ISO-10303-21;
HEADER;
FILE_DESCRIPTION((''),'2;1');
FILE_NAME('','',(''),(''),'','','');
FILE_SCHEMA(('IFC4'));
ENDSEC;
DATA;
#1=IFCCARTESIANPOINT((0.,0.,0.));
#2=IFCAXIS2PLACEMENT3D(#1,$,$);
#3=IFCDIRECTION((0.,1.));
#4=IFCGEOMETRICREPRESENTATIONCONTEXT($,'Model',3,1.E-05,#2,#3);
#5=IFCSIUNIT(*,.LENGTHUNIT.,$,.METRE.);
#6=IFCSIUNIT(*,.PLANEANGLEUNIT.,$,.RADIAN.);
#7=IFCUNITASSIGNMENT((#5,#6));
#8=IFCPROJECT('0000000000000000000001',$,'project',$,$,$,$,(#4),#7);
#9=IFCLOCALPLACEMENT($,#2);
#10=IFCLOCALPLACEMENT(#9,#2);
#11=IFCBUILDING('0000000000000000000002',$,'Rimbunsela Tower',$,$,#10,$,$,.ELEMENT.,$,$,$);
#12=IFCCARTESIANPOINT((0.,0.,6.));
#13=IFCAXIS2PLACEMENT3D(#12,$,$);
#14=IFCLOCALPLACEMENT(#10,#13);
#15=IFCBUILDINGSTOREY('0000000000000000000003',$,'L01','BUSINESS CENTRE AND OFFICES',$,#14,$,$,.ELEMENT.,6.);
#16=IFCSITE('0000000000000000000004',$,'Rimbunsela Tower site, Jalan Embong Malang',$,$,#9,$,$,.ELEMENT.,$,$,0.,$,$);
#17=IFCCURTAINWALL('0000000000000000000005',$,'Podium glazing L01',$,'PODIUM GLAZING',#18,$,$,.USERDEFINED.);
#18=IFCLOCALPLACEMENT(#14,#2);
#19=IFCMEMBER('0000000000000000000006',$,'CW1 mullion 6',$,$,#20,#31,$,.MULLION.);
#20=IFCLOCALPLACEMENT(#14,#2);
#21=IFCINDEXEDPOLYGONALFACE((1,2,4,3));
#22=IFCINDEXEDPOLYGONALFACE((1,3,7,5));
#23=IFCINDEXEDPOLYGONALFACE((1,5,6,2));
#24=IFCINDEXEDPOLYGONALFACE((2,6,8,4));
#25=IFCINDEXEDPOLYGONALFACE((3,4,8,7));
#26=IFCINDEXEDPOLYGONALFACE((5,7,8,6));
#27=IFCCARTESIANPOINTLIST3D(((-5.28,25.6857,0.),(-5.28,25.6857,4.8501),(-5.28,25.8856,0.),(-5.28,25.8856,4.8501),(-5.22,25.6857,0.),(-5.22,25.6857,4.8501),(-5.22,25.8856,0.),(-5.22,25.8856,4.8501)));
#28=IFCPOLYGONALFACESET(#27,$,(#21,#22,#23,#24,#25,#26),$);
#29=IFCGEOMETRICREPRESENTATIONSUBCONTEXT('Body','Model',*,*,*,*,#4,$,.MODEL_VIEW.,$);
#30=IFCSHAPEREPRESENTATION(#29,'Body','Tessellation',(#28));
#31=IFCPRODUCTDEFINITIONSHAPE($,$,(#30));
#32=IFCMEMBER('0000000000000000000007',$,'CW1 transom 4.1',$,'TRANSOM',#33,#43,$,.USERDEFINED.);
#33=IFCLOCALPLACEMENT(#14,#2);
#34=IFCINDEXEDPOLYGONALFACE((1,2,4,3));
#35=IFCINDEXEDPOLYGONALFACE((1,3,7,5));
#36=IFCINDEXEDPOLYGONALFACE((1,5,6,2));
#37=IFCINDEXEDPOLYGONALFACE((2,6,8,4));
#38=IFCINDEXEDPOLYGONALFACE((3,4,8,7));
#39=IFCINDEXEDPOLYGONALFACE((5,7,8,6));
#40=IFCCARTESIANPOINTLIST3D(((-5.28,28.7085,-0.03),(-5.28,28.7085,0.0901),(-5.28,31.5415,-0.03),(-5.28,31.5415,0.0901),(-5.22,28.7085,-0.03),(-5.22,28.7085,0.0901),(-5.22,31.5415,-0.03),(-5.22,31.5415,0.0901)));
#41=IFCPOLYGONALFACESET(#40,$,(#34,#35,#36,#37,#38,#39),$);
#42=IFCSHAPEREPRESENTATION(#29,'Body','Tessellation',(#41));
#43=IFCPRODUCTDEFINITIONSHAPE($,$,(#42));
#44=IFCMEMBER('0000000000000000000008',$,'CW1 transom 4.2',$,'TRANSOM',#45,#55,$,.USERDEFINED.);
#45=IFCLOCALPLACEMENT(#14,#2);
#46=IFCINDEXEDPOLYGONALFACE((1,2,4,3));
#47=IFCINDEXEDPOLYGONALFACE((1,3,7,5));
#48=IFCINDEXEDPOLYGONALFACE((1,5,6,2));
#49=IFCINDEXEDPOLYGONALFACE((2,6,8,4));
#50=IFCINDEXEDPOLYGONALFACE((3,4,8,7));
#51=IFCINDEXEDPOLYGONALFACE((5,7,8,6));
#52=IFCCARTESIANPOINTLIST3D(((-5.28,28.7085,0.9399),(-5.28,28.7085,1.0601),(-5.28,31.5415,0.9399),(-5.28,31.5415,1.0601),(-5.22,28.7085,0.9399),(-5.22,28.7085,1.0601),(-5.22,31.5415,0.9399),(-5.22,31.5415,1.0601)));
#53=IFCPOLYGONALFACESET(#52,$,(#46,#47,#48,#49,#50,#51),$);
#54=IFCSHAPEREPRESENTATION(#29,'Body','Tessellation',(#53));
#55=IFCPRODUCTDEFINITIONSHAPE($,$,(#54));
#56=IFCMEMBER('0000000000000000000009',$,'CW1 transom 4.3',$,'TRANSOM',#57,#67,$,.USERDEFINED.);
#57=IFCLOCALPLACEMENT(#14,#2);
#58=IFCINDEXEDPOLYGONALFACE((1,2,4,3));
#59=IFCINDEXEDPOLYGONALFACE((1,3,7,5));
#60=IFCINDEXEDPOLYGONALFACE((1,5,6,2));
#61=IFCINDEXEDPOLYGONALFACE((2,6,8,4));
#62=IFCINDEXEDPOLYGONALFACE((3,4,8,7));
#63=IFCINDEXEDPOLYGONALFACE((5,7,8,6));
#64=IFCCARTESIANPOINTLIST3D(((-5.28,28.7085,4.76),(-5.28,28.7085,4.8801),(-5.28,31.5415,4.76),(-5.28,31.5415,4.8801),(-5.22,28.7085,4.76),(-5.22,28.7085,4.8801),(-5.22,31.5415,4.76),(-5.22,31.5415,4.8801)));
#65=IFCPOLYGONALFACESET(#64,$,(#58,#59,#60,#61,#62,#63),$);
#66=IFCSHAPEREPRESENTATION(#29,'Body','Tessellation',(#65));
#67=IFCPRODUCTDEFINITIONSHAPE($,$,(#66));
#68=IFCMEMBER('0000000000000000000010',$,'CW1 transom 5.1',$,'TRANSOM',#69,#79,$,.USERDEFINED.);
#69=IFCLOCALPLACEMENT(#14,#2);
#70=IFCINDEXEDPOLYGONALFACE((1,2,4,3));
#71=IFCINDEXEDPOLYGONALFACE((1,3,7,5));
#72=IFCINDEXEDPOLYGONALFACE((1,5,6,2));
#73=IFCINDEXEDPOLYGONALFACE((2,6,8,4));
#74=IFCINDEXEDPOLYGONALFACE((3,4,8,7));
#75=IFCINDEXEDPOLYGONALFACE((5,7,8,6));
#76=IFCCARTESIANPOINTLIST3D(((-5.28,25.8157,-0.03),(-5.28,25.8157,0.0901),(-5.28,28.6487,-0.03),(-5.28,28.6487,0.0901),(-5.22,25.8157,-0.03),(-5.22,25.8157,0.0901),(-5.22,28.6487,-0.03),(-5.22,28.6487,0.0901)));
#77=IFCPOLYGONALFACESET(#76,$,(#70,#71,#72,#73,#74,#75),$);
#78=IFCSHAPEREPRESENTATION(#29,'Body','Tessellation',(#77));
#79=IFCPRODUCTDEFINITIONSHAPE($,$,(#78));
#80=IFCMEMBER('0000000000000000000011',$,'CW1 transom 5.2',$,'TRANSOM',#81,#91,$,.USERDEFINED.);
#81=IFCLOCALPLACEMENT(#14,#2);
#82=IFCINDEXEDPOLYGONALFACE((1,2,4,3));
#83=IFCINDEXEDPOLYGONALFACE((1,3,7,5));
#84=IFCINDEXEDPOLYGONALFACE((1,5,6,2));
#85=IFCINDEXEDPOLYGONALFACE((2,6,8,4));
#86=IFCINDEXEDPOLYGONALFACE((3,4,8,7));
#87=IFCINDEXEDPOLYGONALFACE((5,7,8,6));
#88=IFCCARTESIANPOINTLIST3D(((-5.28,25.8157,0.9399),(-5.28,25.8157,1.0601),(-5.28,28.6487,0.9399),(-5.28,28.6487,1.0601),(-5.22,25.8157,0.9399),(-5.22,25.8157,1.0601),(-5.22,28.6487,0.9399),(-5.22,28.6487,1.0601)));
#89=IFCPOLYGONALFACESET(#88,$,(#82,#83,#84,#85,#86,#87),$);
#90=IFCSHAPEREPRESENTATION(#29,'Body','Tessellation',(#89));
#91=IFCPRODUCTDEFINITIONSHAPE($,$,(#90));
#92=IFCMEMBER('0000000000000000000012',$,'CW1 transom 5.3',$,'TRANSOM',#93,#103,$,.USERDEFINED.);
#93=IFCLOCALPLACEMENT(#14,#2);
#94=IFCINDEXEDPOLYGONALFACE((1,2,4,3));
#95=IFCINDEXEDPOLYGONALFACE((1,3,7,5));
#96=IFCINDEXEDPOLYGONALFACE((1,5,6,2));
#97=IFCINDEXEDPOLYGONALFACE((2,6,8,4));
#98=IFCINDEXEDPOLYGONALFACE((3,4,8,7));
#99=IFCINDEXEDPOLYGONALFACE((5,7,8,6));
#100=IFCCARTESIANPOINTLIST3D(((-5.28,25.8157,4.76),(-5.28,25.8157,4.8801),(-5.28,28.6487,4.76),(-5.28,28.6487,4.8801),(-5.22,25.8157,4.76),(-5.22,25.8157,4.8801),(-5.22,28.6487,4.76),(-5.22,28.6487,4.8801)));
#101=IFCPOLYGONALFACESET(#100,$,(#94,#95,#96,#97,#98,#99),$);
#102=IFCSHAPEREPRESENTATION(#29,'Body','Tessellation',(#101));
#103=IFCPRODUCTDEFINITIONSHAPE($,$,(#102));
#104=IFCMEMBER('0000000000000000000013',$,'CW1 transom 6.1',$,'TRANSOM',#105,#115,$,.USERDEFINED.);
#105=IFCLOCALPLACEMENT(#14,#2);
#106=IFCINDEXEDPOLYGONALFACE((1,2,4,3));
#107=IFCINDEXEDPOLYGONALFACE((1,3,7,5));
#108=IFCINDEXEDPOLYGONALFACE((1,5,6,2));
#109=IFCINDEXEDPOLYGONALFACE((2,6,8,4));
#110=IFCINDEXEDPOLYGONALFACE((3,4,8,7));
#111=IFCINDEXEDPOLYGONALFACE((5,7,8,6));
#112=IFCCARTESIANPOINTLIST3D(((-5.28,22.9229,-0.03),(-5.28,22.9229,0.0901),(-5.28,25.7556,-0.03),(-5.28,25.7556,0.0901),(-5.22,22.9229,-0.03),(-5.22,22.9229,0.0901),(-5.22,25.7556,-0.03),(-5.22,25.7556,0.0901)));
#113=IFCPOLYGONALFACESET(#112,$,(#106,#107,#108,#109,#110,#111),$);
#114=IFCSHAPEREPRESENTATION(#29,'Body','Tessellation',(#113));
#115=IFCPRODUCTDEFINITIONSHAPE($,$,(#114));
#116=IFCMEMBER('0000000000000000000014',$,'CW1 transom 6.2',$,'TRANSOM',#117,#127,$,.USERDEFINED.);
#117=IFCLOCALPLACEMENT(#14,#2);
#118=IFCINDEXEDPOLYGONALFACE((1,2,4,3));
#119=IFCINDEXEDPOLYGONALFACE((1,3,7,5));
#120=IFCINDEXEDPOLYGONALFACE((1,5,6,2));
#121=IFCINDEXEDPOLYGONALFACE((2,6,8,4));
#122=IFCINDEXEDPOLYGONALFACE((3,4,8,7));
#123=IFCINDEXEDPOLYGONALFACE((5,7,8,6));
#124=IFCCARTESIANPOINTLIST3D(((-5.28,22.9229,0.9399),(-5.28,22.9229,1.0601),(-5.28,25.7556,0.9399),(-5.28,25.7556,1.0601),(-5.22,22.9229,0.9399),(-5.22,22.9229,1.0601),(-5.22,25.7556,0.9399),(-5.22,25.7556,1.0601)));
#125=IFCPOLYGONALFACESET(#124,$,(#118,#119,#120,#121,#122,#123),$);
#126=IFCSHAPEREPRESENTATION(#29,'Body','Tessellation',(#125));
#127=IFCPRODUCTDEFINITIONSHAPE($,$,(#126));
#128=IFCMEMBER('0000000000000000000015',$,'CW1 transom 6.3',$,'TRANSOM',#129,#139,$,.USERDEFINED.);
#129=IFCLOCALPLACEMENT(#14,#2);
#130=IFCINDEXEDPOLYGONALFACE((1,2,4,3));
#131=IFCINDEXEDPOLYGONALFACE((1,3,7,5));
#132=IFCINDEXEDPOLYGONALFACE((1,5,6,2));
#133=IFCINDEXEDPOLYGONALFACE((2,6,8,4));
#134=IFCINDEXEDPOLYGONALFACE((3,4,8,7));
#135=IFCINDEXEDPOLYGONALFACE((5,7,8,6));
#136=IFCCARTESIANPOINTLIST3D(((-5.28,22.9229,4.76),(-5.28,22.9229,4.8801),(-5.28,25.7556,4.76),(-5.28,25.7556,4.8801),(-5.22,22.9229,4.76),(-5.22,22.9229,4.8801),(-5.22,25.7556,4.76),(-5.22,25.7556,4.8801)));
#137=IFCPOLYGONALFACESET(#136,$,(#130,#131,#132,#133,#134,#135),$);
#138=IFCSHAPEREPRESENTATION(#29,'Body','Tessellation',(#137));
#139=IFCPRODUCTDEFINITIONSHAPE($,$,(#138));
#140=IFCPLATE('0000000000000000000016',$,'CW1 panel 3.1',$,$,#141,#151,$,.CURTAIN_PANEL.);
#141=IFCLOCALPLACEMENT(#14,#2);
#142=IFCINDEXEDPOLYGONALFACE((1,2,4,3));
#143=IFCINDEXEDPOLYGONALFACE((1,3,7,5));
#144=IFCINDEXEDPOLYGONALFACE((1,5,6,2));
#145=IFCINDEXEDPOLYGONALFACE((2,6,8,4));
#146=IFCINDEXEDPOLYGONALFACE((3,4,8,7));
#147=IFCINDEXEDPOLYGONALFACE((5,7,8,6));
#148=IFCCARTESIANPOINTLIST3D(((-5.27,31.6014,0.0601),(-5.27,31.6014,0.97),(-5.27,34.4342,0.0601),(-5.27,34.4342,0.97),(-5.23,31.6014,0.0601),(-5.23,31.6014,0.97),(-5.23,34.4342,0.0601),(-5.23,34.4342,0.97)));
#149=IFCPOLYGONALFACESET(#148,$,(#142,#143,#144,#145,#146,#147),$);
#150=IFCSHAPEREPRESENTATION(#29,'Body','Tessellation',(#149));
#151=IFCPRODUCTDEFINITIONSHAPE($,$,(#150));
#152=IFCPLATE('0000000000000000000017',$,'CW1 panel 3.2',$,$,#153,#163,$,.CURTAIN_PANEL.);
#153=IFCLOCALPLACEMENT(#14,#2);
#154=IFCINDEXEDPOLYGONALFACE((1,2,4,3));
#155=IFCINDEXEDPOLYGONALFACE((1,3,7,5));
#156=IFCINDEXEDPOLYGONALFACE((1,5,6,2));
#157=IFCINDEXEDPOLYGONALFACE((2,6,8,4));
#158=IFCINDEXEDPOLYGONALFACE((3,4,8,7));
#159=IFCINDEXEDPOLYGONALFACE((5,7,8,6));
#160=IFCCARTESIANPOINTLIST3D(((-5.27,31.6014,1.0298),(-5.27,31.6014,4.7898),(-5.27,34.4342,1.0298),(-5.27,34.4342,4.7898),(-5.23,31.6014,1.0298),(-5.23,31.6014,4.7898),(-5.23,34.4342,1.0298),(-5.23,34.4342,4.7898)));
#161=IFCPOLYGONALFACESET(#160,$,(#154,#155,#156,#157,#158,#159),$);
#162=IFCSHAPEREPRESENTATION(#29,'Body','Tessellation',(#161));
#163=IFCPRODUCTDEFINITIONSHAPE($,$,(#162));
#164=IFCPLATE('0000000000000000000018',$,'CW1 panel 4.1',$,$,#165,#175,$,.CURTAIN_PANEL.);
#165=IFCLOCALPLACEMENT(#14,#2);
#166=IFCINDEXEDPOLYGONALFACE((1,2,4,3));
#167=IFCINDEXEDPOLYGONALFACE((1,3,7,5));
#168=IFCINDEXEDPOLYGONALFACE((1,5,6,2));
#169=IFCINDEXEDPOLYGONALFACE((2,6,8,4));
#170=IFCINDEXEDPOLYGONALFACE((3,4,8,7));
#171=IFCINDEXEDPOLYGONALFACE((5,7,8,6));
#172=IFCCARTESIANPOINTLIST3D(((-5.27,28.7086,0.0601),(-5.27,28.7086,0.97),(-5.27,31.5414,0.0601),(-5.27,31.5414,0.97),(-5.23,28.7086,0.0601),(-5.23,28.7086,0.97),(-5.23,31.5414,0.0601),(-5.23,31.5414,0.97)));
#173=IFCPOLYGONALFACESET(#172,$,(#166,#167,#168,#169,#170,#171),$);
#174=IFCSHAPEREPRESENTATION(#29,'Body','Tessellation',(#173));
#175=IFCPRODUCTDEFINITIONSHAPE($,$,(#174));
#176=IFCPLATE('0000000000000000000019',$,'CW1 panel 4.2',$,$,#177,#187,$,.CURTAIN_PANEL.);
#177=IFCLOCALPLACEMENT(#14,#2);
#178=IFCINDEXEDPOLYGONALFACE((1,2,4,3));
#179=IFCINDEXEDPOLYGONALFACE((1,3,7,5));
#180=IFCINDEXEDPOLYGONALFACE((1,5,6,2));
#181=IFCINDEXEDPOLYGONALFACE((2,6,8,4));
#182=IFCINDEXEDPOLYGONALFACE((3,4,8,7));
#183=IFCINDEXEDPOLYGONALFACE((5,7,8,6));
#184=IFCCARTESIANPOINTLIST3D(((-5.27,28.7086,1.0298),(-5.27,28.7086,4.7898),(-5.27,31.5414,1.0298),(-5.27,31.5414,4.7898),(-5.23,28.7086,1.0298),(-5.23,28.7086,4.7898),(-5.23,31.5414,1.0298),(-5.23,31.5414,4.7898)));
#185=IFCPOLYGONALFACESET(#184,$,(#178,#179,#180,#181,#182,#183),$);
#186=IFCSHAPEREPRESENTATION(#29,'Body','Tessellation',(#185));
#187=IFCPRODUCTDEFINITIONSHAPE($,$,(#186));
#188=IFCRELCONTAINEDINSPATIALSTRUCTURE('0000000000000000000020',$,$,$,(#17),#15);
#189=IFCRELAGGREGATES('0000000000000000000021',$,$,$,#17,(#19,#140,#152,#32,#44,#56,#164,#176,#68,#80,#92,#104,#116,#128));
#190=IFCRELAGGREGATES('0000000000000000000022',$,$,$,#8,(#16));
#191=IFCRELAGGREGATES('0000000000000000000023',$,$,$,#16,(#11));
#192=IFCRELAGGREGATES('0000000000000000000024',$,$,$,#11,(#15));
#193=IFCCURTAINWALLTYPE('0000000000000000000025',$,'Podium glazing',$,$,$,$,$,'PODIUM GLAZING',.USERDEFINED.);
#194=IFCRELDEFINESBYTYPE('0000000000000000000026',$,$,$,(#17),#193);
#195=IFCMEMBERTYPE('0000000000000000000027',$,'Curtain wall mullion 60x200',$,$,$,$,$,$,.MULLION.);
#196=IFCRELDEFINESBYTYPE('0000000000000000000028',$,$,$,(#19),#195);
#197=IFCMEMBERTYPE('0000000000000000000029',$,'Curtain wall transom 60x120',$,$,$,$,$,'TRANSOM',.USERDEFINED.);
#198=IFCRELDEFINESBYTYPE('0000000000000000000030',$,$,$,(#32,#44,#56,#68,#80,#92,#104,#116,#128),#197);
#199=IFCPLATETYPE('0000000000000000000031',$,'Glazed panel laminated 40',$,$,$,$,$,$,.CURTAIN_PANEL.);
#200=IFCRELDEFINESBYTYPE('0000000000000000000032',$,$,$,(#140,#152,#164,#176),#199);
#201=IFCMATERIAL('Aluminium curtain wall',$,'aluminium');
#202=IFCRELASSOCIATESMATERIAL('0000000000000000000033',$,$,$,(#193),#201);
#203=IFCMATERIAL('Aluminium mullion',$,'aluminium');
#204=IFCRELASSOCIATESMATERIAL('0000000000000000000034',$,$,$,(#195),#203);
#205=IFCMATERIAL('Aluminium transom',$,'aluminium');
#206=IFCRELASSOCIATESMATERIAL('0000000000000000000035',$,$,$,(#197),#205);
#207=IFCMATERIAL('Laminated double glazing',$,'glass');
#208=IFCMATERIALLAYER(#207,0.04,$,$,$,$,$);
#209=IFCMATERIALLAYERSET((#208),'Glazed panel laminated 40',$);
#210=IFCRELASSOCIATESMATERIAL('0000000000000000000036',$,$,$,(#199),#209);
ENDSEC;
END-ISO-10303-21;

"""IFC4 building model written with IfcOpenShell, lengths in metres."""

from ifc_helpers import new_model, si_unit, direction, frame, origin, origin_2d, place, context, subcontext, project, spatial, rectangle, extrude, material, layer, layer_set, material_profile, profile_set, type_object, element, aggregate, save


model = new_model("IFC4")

# Units and contexts
model_context = context("Model", 3, precision=1e-05, world=origin(), true_north=direction((0.0, 1.0)))
body_context = subcontext(model_context, "Body", "Model", "MODEL_VIEW")
ifc_project = project(units=[si_unit("LENGTHUNIT", "METRE"), si_unit("PLANEANGLEUNIT", "RADIAN")], contexts=[model_context])

# Site, building, storey
site_placement = place(None, origin())
site = spatial("IfcSite", under=ifc_project, at=site_placement, Name="Rimbunsela Tower site, Jalan Embong Malang", CompositionType="ELEMENT", RefElevation=0.0)
building_placement = place(site_placement, origin())
building = spatial("IfcBuilding", under=site, at=building_placement, Name="Rimbunsela Tower", CompositionType="ELEMENT")
storey_placement = place(building_placement, frame((0.0, 0.0, 6.0)))
storey = spatial("IfcBuildingStorey", under=building, at=storey_placement, Name="L01", Description="BUSINESS CENTRE AND OFFICES", CompositionType="ELEMENT", Elevation=6.0)

# Curtain wall, members, plates
ifc_material_1 = material(Name="Aluminium curtain wall", Category="aluminium")
curtain_wall_type = type_object("IfcCurtainWallType", Name="Podium glazing", ElementType="PODIUM GLAZING", PredefinedType="USERDEFINED", material=ifc_material_1)
curtain_wall_placement = place(storey_placement, origin())
curtain_wall = element("IfcCurtainWall", 1, at=curtain_wall_placement, inside=storey, type_object=curtain_wall_type, Name="Podium glazing L01", ObjectType="PODIUM GLAZING", PredefinedType="USERDEFINED")
ifc_material_2 = material(Name="Aluminium mullion", Category="aluminium")
ifc_material_profile_1 = material_profile(ifc_material_2, rectangle(XDim=0.0601, YDim=0.2, at=origin_2d()), Name="Mullion 60x200")
ifc_profile_set_1 = profile_set([ifc_material_profile_1], Name="Aluminium mullion")
member_type_1 = type_object("IfcMemberType", Name="Curtain wall mullion 60x200", PredefinedType="MULLION", material=ifc_profile_set_1)
member_1_placement = place(storey_placement, frame((-5.25, 25.7856, 0.0), z_axis=(0.0, 0.0, 1.0), x_axis=(1.0, 0.0, 0.0)))
member_1 = element("IfcMember", 2, at=member_1_placement, type_object=member_type_1, Name="CW1 mullion 6", PredefinedType="MULLION", context=body_context, shape_type="SweptSolid", body=[
    extrude(rectangle(XDim=0.0601, YDim=0.2, at=origin_2d()), origin(), (0.0, 0.0, 1.0), 4.8501),
])
ifc_material_3 = material(Name="Aluminium transom", Category="aluminium")
ifc_material_profile_2 = material_profile(ifc_material_3, rectangle(XDim=0.0601, YDim=0.1201, at=origin_2d()), Name="Transom 60x120")
ifc_profile_set_2 = profile_set([ifc_material_profile_2], Name="Aluminium transom")
member_type_2 = type_object("IfcMemberType", Name="Curtain wall transom 60x120", ElementType="TRANSOM", PredefinedType="USERDEFINED", material=ifc_profile_set_2)
member_2_placement = place(storey_placement, frame((-5.25, 31.5415, 0.03), z_axis=(0.0, -1.0, 0.0), x_axis=(1.0, 0.0, 0.0)))
member_2 = element("IfcMember", 3, at=member_2_placement, type_object=member_type_2, Name="CW1 transom 4.1", ObjectType="TRANSOM", PredefinedType="USERDEFINED", context=body_context, shape_type="SweptSolid", body=[
    extrude(rectangle(XDim=0.0601, YDim=0.1201, at=origin_2d()), origin(), (0.0, 0.0, 1.0), 2.833),
])
member_3_placement = place(storey_placement, frame((-5.25, 31.5415, 1.0), z_axis=(0.0, -1.0, 0.0), x_axis=(1.0, 0.0, 0.0)))
member_3 = element("IfcMember", 4, at=member_3_placement, type_object=member_type_2, Name="CW1 transom 4.2", ObjectType="TRANSOM", PredefinedType="USERDEFINED", context=body_context, shape_type="SweptSolid", body=[
    extrude(rectangle(XDim=0.0601, YDim=0.1201, at=origin_2d()), origin(), (0.0, 0.0, 1.0), 2.833),
])
member_4_placement = place(storey_placement, frame((-5.25, 31.5415, 4.8201), z_axis=(0.0, -1.0, 0.0), x_axis=(1.0, 0.0, 0.0)))
member_4 = element("IfcMember", 5, at=member_4_placement, type_object=member_type_2, Name="CW1 transom 4.3", ObjectType="TRANSOM", PredefinedType="USERDEFINED", context=body_context, shape_type="SweptSolid", body=[
    extrude(rectangle(XDim=0.0601, YDim=0.1201, at=origin_2d()), origin(), (0.0, 0.0, 1.0), 2.833),
])
member_5_placement = place(storey_placement, frame((-5.25, 28.6487, 0.03), z_axis=(0.0, -1.0, 0.0), x_axis=(1.0, 0.0, 0.0)))
member_5 = element("IfcMember", 6, at=member_5_placement, type_object=member_type_2, Name="CW1 transom 5.1", ObjectType="TRANSOM", PredefinedType="USERDEFINED", context=body_context, shape_type="SweptSolid", body=[
    extrude(rectangle(XDim=0.0601, YDim=0.1201, at=origin_2d()), origin(), (0.0, 0.0, 1.0), 2.833),
])
member_6_placement = place(storey_placement, frame((-5.25, 28.6487, 1.0), z_axis=(0.0, -1.0, 0.0), x_axis=(1.0, 0.0, 0.0)))
member_6 = element("IfcMember", 7, at=member_6_placement, type_object=member_type_2, Name="CW1 transom 5.2", ObjectType="TRANSOM", PredefinedType="USERDEFINED", context=body_context, shape_type="SweptSolid", body=[
    extrude(rectangle(XDim=0.0601, YDim=0.1201, at=origin_2d()), origin(), (0.0, 0.0, 1.0), 2.833),
])
member_7_placement = place(storey_placement, frame((-5.25, 28.6487, 4.8201), z_axis=(0.0, -1.0, 0.0), x_axis=(1.0, 0.0, 0.0)))
member_7 = element("IfcMember", 8, at=member_7_placement, type_object=member_type_2, Name="CW1 transom 5.3", ObjectType="TRANSOM", PredefinedType="USERDEFINED", context=body_context, shape_type="SweptSolid", body=[
    extrude(rectangle(XDim=0.0601, YDim=0.1201, at=origin_2d()), origin(), (0.0, 0.0, 1.0), 2.833),
])
member_8_placement = place(storey_placement, frame((-5.25, 25.7556, 0.03), z_axis=(0.0, -1.0, 0.0), x_axis=(1.0, 0.0, 0.0)))
member_8 = element("IfcMember", 9, at=member_8_placement, type_object=member_type_2, Name="CW1 transom 6.1", ObjectType="TRANSOM", PredefinedType="USERDEFINED", context=body_context, shape_type="SweptSolid", body=[
    extrude(rectangle(XDim=0.0601, YDim=0.1201, at=origin_2d()), origin(), (0.0, 0.0, 1.0), 2.8328),
])
member_9_placement = place(storey_placement, frame((-5.25, 25.7556, 1.0), z_axis=(0.0, -1.0, 0.0), x_axis=(1.0, 0.0, 0.0)))
member_9 = element("IfcMember", 10, at=member_9_placement, type_object=member_type_2, Name="CW1 transom 6.2", ObjectType="TRANSOM", PredefinedType="USERDEFINED", context=body_context, shape_type="SweptSolid", body=[
    extrude(rectangle(XDim=0.0601, YDim=0.1201, at=origin_2d()), origin(), (0.0, 0.0, 1.0), 2.8328),
])
member_10_placement = place(storey_placement, frame((-5.25, 25.7556, 4.8201), z_axis=(0.0, -1.0, 0.0), x_axis=(1.0, 0.0, 0.0)))
member_10 = element("IfcMember", 11, at=member_10_placement, type_object=member_type_2, Name="CW1 transom 6.3", ObjectType="TRANSOM", PredefinedType="USERDEFINED", context=body_context, shape_type="SweptSolid", body=[
    extrude(rectangle(XDim=0.0601, YDim=0.1201, at=origin_2d()), origin(), (0.0, 0.0, 1.0), 2.8328),
])
ifc_material_4 = material(Name="Laminated double glazing", Category="glass")
ifc_layer = layer(ifc_material_4, 0.04)
ifc_layer_set = layer_set([ifc_layer], Name="Glazed panel laminated 40")
plate_type = type_object("IfcPlateType", Name="Glazed panel laminated 40", PredefinedType="CURTAIN_PANEL", material=ifc_layer_set)
plate_1_placement = place(storey_placement, frame((-5.25, 33.0178, 0.0601), z_axis=(0.0, 0.0, 1.0), x_axis=(0.0, -1.0, 0.0)))
plate_1 = element("IfcPlate", 12, at=plate_1_placement, type_object=plate_type, Name="CW1 panel 3.1", PredefinedType="CURTAIN_PANEL", context=body_context, shape_type="SweptSolid", body=[
    extrude(rectangle(XDim=2.8328, YDim=0.04, at=origin_2d()), origin(), (0.0, 0.0, 1.0), 0.9099),
])
plate_2_placement = place(storey_placement, frame((-5.25, 33.0178, 1.0298), z_axis=(0.0, 0.0, 1.0), x_axis=(0.0, -1.0, 0.0)))
plate_2 = element("IfcPlate", 13, at=plate_2_placement, type_object=plate_type, Name="CW1 panel 3.2", PredefinedType="CURTAIN_PANEL", context=body_context, shape_type="SweptSolid", body=[
    extrude(rectangle(XDim=2.8328, YDim=0.04, at=origin_2d()), origin(), (0.0, 0.0, 1.0), 3.76),
])
plate_3_placement = place(storey_placement, frame((-5.25, 30.125, 0.0601), z_axis=(0.0, 0.0, 1.0), x_axis=(0.0, -1.0, 0.0)))
plate_3 = element("IfcPlate", 14, at=plate_3_placement, type_object=plate_type, Name="CW1 panel 4.1", PredefinedType="CURTAIN_PANEL", context=body_context, shape_type="SweptSolid", body=[
    extrude(rectangle(XDim=2.8328, YDim=0.04, at=origin_2d()), origin(), (0.0, 0.0, 1.0), 0.9099),
])
plate_4_placement = place(storey_placement, frame((-5.25, 30.125, 1.0298), z_axis=(0.0, 0.0, 1.0), x_axis=(0.0, -1.0, 0.0)))
plate_4 = element("IfcPlate", 15, at=plate_4_placement, type_object=plate_type, Name="CW1 panel 4.2", PredefinedType="CURTAIN_PANEL", context=body_context, shape_type="SweptSolid", body=[
    extrude(rectangle(XDim=2.8328, YDim=0.04, at=origin_2d()), origin(), (0.0, 0.0, 1.0), 3.76),
])
aggregate(curtain_wall, [member_1, plate_1, plate_2, member_2, member_3, member_4, plate_3, plate_4, member_5, member_6, member_7, member_8, member_9, member_10])

save(model, "model.ifc")
